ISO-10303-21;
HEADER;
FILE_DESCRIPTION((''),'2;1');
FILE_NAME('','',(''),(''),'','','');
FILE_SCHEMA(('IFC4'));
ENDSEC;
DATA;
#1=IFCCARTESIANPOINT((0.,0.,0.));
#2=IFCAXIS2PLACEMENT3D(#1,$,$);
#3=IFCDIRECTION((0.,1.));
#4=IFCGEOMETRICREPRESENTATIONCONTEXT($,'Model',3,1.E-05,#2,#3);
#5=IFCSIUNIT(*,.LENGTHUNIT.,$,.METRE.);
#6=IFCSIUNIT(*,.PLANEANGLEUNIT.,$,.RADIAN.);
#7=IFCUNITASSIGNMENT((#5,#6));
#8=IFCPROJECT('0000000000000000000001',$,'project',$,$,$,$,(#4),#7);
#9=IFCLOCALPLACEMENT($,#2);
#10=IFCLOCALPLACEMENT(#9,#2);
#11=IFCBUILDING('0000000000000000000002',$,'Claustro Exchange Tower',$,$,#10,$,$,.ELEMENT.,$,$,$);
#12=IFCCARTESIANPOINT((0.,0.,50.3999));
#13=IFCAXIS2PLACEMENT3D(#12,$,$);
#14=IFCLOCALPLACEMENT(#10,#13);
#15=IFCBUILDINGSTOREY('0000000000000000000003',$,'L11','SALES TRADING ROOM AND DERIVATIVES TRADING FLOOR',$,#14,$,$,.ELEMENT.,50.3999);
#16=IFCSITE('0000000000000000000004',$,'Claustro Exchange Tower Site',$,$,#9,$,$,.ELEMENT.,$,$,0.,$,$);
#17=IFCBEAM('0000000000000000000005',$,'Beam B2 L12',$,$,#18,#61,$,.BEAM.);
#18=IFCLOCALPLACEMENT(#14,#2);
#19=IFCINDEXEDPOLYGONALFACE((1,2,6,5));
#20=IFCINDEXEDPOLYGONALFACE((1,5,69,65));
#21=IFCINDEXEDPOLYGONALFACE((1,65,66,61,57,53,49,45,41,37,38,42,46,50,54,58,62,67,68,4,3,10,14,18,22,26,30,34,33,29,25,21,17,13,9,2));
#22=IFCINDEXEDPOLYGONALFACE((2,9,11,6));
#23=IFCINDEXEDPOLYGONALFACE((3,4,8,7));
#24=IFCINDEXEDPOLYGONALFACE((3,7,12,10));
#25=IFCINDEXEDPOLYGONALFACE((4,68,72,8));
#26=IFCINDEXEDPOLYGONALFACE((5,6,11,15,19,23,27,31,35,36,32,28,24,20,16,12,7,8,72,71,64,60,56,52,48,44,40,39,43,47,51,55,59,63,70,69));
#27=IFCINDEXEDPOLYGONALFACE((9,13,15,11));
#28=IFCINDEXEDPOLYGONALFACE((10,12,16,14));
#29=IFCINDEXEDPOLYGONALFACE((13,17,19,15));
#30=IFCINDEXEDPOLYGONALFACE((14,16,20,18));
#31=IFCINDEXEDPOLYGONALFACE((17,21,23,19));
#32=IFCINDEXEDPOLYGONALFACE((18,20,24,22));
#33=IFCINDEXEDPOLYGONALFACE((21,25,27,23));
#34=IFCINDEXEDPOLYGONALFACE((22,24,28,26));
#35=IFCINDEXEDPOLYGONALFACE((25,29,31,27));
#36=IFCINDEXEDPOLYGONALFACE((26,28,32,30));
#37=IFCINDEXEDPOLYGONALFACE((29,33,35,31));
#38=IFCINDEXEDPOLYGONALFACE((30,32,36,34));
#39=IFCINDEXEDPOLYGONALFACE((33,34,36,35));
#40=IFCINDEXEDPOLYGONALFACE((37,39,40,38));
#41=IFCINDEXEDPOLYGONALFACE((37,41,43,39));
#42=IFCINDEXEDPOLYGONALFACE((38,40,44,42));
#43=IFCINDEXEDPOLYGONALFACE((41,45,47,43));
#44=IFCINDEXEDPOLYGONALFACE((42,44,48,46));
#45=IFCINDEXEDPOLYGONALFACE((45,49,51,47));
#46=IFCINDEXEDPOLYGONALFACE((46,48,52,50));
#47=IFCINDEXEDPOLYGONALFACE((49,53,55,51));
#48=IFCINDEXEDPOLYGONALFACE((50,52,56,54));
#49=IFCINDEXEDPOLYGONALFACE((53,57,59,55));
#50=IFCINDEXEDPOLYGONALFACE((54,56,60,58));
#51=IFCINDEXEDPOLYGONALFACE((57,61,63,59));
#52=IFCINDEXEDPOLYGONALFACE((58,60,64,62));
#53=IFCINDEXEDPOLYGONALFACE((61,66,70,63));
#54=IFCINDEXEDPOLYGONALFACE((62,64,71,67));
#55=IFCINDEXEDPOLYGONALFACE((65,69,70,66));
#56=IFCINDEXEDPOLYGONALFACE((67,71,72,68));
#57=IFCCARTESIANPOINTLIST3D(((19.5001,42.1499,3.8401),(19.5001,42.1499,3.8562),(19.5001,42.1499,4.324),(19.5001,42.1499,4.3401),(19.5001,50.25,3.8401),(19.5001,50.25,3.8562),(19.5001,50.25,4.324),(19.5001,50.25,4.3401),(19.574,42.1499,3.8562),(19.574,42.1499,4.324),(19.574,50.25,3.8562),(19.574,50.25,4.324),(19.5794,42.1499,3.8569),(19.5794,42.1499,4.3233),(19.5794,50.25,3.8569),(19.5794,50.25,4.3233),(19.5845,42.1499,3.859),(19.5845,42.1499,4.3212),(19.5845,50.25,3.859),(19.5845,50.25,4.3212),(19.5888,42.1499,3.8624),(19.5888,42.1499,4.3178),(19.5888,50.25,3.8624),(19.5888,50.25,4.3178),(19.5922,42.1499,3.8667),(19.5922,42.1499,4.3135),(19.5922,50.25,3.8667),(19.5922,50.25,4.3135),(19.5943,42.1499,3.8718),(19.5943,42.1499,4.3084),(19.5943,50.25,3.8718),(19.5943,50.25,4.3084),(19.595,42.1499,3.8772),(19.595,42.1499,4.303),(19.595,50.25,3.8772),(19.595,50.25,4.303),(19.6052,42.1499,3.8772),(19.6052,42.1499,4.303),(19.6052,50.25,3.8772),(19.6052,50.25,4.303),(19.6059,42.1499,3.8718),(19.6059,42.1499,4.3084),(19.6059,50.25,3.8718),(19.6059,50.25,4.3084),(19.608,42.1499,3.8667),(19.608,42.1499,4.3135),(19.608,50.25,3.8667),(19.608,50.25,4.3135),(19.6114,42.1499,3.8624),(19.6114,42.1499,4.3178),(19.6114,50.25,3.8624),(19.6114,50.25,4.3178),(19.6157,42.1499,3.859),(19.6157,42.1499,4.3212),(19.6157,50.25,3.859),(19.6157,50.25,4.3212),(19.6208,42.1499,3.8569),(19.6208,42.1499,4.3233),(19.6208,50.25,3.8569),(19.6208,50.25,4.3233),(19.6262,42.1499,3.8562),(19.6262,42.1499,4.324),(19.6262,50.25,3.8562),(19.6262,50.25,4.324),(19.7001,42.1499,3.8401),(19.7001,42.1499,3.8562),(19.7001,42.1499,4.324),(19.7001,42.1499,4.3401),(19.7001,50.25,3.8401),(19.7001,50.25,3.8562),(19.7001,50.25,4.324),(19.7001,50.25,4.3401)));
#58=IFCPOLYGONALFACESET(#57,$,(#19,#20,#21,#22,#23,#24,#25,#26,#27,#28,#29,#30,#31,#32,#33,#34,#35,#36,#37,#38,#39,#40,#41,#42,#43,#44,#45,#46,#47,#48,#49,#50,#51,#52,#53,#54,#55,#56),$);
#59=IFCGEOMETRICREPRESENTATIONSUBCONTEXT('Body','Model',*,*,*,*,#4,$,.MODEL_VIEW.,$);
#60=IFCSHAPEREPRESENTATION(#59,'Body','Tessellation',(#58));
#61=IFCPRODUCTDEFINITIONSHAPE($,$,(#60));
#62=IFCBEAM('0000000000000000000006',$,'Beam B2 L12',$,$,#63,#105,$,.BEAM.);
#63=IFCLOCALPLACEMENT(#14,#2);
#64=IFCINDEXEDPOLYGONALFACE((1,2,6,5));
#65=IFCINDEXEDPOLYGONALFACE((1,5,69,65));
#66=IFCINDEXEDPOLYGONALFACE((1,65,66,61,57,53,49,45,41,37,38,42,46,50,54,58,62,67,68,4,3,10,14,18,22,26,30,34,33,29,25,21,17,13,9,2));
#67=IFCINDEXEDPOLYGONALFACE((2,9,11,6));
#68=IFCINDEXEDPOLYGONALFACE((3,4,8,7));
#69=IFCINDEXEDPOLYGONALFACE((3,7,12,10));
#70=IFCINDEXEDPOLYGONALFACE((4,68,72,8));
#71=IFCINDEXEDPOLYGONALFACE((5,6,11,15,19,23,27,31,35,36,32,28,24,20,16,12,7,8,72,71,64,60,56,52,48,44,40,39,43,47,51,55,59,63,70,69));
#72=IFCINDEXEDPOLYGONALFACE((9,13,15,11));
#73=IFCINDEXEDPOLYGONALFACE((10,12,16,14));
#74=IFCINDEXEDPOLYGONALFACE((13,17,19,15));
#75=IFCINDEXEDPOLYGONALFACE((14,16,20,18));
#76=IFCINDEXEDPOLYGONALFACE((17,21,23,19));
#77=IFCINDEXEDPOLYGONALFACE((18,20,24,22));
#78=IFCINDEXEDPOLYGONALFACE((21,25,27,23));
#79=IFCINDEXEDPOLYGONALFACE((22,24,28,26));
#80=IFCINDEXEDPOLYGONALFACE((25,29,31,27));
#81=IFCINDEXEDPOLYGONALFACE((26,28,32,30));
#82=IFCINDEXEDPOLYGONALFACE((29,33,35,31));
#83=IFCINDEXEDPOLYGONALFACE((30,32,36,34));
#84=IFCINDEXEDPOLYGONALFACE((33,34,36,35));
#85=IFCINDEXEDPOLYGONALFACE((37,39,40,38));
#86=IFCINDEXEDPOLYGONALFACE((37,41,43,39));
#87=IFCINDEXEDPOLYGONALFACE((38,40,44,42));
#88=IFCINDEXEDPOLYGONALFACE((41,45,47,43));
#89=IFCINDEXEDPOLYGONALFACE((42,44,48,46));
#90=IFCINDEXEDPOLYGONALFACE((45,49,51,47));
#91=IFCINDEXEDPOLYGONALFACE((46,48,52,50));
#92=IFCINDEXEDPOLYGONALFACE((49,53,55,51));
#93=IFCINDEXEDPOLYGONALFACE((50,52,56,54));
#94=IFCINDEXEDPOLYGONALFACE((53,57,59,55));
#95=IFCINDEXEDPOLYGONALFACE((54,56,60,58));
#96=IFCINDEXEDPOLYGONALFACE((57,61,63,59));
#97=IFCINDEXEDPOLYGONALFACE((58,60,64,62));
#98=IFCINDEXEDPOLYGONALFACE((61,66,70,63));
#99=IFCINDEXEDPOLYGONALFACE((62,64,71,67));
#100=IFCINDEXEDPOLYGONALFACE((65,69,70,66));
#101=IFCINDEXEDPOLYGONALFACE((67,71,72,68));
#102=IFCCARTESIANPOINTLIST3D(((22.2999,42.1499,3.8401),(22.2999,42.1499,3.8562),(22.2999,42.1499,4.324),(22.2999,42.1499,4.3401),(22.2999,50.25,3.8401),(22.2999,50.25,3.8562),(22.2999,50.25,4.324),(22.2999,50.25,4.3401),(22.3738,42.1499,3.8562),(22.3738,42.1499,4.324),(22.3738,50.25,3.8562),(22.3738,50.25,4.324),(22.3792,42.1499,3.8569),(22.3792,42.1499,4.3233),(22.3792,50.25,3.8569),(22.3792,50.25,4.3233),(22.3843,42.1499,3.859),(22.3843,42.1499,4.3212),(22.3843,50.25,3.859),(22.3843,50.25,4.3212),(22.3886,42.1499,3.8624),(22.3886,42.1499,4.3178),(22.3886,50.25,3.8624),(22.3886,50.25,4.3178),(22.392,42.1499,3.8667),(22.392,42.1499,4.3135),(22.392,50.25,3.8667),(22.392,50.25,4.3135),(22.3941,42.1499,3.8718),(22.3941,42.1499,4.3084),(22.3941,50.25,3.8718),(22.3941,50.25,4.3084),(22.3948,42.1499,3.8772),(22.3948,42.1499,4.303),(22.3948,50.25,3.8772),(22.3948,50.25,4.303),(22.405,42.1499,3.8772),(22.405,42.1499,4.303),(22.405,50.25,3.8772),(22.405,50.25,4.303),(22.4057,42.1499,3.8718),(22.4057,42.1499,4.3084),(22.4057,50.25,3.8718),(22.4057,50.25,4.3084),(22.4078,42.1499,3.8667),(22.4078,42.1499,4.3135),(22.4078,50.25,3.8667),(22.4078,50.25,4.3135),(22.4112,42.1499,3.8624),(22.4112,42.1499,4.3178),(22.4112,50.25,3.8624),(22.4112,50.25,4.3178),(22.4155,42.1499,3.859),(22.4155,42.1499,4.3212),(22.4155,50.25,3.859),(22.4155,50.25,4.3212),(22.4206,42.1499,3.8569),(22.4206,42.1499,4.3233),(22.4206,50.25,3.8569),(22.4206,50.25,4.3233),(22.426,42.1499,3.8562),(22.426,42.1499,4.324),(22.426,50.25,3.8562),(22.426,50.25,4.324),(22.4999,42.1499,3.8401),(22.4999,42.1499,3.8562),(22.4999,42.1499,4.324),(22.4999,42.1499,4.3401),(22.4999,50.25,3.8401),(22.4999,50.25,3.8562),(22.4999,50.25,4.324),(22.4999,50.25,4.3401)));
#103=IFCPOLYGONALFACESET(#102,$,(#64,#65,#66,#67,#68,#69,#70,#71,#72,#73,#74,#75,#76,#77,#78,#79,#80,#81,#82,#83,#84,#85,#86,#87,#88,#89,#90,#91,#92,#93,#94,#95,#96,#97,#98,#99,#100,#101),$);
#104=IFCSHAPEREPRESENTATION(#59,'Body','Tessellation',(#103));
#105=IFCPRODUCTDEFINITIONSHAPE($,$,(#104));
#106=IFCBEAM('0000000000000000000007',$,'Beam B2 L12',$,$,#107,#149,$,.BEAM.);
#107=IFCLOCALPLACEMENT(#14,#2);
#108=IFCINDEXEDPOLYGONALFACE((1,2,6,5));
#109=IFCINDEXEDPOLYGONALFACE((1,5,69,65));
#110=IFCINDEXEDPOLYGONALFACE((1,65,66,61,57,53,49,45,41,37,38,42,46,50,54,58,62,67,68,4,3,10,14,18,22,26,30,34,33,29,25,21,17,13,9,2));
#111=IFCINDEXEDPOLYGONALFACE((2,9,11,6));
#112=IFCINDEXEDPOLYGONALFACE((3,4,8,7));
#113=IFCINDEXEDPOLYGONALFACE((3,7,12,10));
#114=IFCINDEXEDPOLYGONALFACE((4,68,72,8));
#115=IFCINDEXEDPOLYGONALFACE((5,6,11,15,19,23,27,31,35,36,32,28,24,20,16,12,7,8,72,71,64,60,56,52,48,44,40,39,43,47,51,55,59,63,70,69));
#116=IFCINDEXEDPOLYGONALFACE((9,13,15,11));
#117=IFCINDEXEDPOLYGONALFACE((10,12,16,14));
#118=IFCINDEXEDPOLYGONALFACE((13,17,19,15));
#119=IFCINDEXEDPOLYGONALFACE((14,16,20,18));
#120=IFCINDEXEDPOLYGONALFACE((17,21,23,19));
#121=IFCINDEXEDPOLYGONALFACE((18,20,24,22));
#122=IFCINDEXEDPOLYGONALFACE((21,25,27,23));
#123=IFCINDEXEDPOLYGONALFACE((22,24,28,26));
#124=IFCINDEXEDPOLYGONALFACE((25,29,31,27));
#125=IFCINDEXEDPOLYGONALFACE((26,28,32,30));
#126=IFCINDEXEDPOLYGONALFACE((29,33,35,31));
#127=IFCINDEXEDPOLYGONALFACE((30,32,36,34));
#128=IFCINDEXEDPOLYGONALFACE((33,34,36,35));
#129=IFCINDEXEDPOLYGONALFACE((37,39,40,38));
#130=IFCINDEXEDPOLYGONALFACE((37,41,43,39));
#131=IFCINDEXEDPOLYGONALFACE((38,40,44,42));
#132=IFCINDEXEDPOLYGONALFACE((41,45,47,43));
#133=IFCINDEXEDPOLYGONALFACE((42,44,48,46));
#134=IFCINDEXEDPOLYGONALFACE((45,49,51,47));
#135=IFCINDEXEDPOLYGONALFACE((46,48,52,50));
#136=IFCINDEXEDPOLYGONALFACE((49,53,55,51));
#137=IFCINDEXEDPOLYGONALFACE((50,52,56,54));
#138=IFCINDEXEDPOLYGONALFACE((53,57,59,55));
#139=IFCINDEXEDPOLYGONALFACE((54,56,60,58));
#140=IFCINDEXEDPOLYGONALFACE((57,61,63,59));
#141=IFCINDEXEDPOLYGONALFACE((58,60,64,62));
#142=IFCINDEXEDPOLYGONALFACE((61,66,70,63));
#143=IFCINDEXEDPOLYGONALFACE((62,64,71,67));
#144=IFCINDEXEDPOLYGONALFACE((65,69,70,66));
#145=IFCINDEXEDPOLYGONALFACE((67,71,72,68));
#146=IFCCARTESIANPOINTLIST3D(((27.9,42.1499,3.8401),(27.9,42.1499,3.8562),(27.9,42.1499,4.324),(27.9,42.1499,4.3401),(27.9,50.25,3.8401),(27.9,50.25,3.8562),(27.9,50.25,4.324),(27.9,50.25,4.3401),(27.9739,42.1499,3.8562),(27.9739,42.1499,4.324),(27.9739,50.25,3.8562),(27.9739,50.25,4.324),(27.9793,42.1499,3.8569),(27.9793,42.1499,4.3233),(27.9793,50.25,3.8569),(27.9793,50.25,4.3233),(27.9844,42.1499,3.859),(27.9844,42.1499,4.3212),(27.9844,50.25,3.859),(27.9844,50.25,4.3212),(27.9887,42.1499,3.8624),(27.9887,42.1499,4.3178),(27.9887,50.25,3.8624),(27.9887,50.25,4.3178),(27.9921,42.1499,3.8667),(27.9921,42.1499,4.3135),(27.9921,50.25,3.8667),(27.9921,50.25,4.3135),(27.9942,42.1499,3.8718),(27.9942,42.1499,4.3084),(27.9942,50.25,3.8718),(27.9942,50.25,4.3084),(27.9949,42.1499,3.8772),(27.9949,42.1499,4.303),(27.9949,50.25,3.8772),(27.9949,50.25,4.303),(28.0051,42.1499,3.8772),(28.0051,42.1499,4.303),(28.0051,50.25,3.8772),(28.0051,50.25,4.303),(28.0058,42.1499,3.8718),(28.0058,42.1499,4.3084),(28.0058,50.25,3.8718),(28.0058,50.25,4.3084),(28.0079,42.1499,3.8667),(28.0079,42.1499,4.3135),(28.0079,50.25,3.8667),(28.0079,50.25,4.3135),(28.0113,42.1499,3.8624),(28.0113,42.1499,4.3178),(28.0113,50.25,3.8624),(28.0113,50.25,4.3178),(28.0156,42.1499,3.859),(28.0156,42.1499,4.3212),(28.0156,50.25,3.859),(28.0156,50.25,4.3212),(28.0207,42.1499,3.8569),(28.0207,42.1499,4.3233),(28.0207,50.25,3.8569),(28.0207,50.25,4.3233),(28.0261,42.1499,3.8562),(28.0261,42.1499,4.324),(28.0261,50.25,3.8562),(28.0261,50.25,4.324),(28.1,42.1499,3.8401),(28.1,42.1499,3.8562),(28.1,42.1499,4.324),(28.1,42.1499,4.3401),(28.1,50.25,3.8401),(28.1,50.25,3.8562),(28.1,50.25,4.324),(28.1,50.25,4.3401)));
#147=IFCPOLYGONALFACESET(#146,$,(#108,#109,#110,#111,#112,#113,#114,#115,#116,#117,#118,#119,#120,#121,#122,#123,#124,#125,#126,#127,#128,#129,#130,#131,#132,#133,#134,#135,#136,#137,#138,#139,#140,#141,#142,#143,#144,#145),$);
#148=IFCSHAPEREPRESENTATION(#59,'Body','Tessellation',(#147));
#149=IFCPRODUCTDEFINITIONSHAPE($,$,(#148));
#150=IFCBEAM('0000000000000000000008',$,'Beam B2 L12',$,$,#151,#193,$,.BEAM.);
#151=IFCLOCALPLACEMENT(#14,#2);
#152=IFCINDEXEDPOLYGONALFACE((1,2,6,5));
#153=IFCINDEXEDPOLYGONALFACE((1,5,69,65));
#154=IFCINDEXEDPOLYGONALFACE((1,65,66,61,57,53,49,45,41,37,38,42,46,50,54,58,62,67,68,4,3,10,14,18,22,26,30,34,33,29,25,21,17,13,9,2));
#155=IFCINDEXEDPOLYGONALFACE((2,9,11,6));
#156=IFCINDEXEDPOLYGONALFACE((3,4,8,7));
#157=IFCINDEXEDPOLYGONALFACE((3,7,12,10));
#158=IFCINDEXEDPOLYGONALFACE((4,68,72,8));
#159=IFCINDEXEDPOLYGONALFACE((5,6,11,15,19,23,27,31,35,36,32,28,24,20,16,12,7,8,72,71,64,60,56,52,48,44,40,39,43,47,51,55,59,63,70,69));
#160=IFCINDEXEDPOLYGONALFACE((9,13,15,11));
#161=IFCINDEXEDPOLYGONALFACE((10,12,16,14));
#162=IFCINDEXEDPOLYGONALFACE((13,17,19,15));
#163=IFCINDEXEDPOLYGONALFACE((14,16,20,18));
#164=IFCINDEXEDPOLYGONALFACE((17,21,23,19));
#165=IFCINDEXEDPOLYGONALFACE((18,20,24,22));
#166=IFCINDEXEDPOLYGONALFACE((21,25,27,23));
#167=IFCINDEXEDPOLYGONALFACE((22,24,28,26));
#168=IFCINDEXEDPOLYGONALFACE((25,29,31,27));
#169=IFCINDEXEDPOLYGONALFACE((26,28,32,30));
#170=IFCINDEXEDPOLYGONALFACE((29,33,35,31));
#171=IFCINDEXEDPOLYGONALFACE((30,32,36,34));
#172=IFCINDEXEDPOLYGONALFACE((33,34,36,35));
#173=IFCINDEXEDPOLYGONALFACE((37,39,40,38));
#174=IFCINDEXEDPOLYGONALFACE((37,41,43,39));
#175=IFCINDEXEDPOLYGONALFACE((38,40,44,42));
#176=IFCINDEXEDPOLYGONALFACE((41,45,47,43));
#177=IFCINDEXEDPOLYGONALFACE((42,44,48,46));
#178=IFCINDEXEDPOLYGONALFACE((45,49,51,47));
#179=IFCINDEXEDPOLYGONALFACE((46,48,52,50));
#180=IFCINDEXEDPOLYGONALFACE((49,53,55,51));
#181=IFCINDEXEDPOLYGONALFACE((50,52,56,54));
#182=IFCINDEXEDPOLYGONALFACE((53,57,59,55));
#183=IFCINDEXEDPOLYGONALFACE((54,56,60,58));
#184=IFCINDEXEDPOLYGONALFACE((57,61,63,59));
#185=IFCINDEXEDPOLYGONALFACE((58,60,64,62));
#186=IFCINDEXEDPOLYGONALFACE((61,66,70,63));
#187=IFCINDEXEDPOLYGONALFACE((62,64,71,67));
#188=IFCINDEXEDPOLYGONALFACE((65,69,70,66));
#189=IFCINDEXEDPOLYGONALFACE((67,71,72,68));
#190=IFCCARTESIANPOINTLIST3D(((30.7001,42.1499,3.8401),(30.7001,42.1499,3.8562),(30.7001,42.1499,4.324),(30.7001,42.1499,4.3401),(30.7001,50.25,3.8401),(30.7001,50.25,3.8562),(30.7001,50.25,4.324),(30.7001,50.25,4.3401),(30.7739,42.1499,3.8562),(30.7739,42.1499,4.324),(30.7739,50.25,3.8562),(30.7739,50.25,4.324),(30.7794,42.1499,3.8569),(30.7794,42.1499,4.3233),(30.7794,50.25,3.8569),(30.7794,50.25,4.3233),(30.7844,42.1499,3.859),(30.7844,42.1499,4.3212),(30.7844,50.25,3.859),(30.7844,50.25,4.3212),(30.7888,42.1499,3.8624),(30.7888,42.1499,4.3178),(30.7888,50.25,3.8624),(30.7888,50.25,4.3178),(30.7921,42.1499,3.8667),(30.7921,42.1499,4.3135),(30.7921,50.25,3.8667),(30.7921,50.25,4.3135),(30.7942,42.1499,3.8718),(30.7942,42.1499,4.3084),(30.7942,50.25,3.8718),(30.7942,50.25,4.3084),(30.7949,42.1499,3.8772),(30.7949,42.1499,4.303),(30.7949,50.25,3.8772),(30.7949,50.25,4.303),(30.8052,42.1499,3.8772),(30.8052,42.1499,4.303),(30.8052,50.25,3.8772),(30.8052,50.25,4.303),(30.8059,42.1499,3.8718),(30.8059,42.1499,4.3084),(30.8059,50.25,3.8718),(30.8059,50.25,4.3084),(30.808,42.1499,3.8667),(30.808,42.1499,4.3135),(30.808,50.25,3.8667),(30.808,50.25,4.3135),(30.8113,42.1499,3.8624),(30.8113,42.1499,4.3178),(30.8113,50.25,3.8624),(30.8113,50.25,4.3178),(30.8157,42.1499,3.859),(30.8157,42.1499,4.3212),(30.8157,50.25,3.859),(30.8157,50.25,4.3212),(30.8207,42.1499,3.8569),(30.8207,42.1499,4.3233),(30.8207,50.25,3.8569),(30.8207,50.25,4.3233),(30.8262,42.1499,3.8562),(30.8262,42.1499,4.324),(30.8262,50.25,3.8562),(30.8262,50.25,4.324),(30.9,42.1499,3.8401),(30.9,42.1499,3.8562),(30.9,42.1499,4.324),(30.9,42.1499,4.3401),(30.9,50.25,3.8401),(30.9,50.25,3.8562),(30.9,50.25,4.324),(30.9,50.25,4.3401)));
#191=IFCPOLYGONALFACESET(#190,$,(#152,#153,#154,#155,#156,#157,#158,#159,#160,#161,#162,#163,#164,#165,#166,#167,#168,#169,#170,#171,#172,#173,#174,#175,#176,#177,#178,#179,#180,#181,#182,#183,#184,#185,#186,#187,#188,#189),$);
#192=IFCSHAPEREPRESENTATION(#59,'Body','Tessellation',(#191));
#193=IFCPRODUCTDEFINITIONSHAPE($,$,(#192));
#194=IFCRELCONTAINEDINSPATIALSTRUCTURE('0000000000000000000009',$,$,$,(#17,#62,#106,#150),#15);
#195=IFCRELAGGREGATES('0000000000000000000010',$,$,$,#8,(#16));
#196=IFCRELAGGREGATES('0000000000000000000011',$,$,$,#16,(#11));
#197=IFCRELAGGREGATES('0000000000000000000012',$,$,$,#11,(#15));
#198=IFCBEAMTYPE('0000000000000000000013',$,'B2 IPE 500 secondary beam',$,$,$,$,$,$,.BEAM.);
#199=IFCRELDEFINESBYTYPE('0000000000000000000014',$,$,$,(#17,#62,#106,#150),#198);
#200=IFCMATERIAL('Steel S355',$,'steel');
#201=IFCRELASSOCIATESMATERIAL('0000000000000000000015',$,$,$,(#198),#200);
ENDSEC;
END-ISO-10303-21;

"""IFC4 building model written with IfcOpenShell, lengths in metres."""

from ifc_helpers import new_model, si_unit, direction, frame, origin, origin_2d, place, context, subcontext, project, spatial, i_section, extrude, material, material_profile, profile_set, type_object, element, save


model = new_model("IFC4")

# Units and contexts
model_context = context("Model", 3, precision=1e-05, world=origin(), true_north=direction((0.0, 1.0)))
body_context = subcontext(model_context, "Body", "Model", "MODEL_VIEW")
ifc_project = project(units=[si_unit("LENGTHUNIT", "METRE"), si_unit("PLANEANGLEUNIT", "RADIAN")], contexts=[model_context])

# Site, building, storey
site_placement = place(None, origin())
site = spatial("IfcSite", under=ifc_project, at=site_placement, Name="Claustro Exchange Tower Site", CompositionType="ELEMENT", RefElevation=0.0)
building_placement = place(site_placement, origin())
building = spatial("IfcBuilding", under=site, at=building_placement, Name="Claustro Exchange Tower", CompositionType="ELEMENT")
storey_placement = place(building_placement, frame((0.0, 0.0, 50.3999)))
storey = spatial("IfcBuildingStorey", under=building, at=storey_placement, Name="L11", Description="SALES TRADING ROOM AND DERIVATIVES TRADING FLOOR", CompositionType="ELEMENT", Elevation=50.3999)

# Beams
ifc_material_1 = material(Name="Steel S355", Category="steel")
ifc_material_profile_1 = material_profile(ifc_material_1, i_section(OverallWidth=0.2, OverallDepth=0.5, WebThickness=0.0103, FlangeThickness=0.0161, FilletRadius=0.021, at=origin_2d()), Name="IPE 500")
ifc_profile_set_1 = profile_set([ifc_material_profile_1], Name="Steel S355")
beam_type_1 = type_object("IfcBeamType", Name="B2 IPE 500 secondary beam", PredefinedType="BEAM", material=ifc_profile_set_1)
for number, where, z_axis, x_axis, name in (
    (1, (19.6001, 42.1499, 4.0901), (0.0, 1.0, 0.0), (-1.0, 0.0, 0.0), "Beam B2 L12"),
    (2, (22.3999, 42.1499, 4.0901), (0.0, 1.0, 0.0), (-1.0, 0.0, 0.0), "Beam B2 L12"),
    (3, (28.0, 42.1499, 4.0901), (0.0, 1.0, 0.0), (-1.0, 0.0, 0.0), "Beam B2 L12"),
    (4, (30.8, 42.1499, 4.0901), (0.0, 1.0, 0.0), (-1.0, 0.0, 0.0), "Beam B2 L12"),
):
    element("IfcBeam", number, at=place(storey_placement, frame(where, z_axis=z_axis, x_axis=x_axis)), inside=storey, type_object=beam_type_1, Name=name, PredefinedType="BEAM", context=body_context, shape_type="SweptSolid", body=[
        extrude(i_section(OverallWidth=0.2, OverallDepth=0.5, WebThickness=0.0103, FlangeThickness=0.0161, FilletRadius=0.021, at=origin_2d()), origin(), (0.0, 0.0, 1.0), 8.1001),
    ])

save(model, "model.ifc")
